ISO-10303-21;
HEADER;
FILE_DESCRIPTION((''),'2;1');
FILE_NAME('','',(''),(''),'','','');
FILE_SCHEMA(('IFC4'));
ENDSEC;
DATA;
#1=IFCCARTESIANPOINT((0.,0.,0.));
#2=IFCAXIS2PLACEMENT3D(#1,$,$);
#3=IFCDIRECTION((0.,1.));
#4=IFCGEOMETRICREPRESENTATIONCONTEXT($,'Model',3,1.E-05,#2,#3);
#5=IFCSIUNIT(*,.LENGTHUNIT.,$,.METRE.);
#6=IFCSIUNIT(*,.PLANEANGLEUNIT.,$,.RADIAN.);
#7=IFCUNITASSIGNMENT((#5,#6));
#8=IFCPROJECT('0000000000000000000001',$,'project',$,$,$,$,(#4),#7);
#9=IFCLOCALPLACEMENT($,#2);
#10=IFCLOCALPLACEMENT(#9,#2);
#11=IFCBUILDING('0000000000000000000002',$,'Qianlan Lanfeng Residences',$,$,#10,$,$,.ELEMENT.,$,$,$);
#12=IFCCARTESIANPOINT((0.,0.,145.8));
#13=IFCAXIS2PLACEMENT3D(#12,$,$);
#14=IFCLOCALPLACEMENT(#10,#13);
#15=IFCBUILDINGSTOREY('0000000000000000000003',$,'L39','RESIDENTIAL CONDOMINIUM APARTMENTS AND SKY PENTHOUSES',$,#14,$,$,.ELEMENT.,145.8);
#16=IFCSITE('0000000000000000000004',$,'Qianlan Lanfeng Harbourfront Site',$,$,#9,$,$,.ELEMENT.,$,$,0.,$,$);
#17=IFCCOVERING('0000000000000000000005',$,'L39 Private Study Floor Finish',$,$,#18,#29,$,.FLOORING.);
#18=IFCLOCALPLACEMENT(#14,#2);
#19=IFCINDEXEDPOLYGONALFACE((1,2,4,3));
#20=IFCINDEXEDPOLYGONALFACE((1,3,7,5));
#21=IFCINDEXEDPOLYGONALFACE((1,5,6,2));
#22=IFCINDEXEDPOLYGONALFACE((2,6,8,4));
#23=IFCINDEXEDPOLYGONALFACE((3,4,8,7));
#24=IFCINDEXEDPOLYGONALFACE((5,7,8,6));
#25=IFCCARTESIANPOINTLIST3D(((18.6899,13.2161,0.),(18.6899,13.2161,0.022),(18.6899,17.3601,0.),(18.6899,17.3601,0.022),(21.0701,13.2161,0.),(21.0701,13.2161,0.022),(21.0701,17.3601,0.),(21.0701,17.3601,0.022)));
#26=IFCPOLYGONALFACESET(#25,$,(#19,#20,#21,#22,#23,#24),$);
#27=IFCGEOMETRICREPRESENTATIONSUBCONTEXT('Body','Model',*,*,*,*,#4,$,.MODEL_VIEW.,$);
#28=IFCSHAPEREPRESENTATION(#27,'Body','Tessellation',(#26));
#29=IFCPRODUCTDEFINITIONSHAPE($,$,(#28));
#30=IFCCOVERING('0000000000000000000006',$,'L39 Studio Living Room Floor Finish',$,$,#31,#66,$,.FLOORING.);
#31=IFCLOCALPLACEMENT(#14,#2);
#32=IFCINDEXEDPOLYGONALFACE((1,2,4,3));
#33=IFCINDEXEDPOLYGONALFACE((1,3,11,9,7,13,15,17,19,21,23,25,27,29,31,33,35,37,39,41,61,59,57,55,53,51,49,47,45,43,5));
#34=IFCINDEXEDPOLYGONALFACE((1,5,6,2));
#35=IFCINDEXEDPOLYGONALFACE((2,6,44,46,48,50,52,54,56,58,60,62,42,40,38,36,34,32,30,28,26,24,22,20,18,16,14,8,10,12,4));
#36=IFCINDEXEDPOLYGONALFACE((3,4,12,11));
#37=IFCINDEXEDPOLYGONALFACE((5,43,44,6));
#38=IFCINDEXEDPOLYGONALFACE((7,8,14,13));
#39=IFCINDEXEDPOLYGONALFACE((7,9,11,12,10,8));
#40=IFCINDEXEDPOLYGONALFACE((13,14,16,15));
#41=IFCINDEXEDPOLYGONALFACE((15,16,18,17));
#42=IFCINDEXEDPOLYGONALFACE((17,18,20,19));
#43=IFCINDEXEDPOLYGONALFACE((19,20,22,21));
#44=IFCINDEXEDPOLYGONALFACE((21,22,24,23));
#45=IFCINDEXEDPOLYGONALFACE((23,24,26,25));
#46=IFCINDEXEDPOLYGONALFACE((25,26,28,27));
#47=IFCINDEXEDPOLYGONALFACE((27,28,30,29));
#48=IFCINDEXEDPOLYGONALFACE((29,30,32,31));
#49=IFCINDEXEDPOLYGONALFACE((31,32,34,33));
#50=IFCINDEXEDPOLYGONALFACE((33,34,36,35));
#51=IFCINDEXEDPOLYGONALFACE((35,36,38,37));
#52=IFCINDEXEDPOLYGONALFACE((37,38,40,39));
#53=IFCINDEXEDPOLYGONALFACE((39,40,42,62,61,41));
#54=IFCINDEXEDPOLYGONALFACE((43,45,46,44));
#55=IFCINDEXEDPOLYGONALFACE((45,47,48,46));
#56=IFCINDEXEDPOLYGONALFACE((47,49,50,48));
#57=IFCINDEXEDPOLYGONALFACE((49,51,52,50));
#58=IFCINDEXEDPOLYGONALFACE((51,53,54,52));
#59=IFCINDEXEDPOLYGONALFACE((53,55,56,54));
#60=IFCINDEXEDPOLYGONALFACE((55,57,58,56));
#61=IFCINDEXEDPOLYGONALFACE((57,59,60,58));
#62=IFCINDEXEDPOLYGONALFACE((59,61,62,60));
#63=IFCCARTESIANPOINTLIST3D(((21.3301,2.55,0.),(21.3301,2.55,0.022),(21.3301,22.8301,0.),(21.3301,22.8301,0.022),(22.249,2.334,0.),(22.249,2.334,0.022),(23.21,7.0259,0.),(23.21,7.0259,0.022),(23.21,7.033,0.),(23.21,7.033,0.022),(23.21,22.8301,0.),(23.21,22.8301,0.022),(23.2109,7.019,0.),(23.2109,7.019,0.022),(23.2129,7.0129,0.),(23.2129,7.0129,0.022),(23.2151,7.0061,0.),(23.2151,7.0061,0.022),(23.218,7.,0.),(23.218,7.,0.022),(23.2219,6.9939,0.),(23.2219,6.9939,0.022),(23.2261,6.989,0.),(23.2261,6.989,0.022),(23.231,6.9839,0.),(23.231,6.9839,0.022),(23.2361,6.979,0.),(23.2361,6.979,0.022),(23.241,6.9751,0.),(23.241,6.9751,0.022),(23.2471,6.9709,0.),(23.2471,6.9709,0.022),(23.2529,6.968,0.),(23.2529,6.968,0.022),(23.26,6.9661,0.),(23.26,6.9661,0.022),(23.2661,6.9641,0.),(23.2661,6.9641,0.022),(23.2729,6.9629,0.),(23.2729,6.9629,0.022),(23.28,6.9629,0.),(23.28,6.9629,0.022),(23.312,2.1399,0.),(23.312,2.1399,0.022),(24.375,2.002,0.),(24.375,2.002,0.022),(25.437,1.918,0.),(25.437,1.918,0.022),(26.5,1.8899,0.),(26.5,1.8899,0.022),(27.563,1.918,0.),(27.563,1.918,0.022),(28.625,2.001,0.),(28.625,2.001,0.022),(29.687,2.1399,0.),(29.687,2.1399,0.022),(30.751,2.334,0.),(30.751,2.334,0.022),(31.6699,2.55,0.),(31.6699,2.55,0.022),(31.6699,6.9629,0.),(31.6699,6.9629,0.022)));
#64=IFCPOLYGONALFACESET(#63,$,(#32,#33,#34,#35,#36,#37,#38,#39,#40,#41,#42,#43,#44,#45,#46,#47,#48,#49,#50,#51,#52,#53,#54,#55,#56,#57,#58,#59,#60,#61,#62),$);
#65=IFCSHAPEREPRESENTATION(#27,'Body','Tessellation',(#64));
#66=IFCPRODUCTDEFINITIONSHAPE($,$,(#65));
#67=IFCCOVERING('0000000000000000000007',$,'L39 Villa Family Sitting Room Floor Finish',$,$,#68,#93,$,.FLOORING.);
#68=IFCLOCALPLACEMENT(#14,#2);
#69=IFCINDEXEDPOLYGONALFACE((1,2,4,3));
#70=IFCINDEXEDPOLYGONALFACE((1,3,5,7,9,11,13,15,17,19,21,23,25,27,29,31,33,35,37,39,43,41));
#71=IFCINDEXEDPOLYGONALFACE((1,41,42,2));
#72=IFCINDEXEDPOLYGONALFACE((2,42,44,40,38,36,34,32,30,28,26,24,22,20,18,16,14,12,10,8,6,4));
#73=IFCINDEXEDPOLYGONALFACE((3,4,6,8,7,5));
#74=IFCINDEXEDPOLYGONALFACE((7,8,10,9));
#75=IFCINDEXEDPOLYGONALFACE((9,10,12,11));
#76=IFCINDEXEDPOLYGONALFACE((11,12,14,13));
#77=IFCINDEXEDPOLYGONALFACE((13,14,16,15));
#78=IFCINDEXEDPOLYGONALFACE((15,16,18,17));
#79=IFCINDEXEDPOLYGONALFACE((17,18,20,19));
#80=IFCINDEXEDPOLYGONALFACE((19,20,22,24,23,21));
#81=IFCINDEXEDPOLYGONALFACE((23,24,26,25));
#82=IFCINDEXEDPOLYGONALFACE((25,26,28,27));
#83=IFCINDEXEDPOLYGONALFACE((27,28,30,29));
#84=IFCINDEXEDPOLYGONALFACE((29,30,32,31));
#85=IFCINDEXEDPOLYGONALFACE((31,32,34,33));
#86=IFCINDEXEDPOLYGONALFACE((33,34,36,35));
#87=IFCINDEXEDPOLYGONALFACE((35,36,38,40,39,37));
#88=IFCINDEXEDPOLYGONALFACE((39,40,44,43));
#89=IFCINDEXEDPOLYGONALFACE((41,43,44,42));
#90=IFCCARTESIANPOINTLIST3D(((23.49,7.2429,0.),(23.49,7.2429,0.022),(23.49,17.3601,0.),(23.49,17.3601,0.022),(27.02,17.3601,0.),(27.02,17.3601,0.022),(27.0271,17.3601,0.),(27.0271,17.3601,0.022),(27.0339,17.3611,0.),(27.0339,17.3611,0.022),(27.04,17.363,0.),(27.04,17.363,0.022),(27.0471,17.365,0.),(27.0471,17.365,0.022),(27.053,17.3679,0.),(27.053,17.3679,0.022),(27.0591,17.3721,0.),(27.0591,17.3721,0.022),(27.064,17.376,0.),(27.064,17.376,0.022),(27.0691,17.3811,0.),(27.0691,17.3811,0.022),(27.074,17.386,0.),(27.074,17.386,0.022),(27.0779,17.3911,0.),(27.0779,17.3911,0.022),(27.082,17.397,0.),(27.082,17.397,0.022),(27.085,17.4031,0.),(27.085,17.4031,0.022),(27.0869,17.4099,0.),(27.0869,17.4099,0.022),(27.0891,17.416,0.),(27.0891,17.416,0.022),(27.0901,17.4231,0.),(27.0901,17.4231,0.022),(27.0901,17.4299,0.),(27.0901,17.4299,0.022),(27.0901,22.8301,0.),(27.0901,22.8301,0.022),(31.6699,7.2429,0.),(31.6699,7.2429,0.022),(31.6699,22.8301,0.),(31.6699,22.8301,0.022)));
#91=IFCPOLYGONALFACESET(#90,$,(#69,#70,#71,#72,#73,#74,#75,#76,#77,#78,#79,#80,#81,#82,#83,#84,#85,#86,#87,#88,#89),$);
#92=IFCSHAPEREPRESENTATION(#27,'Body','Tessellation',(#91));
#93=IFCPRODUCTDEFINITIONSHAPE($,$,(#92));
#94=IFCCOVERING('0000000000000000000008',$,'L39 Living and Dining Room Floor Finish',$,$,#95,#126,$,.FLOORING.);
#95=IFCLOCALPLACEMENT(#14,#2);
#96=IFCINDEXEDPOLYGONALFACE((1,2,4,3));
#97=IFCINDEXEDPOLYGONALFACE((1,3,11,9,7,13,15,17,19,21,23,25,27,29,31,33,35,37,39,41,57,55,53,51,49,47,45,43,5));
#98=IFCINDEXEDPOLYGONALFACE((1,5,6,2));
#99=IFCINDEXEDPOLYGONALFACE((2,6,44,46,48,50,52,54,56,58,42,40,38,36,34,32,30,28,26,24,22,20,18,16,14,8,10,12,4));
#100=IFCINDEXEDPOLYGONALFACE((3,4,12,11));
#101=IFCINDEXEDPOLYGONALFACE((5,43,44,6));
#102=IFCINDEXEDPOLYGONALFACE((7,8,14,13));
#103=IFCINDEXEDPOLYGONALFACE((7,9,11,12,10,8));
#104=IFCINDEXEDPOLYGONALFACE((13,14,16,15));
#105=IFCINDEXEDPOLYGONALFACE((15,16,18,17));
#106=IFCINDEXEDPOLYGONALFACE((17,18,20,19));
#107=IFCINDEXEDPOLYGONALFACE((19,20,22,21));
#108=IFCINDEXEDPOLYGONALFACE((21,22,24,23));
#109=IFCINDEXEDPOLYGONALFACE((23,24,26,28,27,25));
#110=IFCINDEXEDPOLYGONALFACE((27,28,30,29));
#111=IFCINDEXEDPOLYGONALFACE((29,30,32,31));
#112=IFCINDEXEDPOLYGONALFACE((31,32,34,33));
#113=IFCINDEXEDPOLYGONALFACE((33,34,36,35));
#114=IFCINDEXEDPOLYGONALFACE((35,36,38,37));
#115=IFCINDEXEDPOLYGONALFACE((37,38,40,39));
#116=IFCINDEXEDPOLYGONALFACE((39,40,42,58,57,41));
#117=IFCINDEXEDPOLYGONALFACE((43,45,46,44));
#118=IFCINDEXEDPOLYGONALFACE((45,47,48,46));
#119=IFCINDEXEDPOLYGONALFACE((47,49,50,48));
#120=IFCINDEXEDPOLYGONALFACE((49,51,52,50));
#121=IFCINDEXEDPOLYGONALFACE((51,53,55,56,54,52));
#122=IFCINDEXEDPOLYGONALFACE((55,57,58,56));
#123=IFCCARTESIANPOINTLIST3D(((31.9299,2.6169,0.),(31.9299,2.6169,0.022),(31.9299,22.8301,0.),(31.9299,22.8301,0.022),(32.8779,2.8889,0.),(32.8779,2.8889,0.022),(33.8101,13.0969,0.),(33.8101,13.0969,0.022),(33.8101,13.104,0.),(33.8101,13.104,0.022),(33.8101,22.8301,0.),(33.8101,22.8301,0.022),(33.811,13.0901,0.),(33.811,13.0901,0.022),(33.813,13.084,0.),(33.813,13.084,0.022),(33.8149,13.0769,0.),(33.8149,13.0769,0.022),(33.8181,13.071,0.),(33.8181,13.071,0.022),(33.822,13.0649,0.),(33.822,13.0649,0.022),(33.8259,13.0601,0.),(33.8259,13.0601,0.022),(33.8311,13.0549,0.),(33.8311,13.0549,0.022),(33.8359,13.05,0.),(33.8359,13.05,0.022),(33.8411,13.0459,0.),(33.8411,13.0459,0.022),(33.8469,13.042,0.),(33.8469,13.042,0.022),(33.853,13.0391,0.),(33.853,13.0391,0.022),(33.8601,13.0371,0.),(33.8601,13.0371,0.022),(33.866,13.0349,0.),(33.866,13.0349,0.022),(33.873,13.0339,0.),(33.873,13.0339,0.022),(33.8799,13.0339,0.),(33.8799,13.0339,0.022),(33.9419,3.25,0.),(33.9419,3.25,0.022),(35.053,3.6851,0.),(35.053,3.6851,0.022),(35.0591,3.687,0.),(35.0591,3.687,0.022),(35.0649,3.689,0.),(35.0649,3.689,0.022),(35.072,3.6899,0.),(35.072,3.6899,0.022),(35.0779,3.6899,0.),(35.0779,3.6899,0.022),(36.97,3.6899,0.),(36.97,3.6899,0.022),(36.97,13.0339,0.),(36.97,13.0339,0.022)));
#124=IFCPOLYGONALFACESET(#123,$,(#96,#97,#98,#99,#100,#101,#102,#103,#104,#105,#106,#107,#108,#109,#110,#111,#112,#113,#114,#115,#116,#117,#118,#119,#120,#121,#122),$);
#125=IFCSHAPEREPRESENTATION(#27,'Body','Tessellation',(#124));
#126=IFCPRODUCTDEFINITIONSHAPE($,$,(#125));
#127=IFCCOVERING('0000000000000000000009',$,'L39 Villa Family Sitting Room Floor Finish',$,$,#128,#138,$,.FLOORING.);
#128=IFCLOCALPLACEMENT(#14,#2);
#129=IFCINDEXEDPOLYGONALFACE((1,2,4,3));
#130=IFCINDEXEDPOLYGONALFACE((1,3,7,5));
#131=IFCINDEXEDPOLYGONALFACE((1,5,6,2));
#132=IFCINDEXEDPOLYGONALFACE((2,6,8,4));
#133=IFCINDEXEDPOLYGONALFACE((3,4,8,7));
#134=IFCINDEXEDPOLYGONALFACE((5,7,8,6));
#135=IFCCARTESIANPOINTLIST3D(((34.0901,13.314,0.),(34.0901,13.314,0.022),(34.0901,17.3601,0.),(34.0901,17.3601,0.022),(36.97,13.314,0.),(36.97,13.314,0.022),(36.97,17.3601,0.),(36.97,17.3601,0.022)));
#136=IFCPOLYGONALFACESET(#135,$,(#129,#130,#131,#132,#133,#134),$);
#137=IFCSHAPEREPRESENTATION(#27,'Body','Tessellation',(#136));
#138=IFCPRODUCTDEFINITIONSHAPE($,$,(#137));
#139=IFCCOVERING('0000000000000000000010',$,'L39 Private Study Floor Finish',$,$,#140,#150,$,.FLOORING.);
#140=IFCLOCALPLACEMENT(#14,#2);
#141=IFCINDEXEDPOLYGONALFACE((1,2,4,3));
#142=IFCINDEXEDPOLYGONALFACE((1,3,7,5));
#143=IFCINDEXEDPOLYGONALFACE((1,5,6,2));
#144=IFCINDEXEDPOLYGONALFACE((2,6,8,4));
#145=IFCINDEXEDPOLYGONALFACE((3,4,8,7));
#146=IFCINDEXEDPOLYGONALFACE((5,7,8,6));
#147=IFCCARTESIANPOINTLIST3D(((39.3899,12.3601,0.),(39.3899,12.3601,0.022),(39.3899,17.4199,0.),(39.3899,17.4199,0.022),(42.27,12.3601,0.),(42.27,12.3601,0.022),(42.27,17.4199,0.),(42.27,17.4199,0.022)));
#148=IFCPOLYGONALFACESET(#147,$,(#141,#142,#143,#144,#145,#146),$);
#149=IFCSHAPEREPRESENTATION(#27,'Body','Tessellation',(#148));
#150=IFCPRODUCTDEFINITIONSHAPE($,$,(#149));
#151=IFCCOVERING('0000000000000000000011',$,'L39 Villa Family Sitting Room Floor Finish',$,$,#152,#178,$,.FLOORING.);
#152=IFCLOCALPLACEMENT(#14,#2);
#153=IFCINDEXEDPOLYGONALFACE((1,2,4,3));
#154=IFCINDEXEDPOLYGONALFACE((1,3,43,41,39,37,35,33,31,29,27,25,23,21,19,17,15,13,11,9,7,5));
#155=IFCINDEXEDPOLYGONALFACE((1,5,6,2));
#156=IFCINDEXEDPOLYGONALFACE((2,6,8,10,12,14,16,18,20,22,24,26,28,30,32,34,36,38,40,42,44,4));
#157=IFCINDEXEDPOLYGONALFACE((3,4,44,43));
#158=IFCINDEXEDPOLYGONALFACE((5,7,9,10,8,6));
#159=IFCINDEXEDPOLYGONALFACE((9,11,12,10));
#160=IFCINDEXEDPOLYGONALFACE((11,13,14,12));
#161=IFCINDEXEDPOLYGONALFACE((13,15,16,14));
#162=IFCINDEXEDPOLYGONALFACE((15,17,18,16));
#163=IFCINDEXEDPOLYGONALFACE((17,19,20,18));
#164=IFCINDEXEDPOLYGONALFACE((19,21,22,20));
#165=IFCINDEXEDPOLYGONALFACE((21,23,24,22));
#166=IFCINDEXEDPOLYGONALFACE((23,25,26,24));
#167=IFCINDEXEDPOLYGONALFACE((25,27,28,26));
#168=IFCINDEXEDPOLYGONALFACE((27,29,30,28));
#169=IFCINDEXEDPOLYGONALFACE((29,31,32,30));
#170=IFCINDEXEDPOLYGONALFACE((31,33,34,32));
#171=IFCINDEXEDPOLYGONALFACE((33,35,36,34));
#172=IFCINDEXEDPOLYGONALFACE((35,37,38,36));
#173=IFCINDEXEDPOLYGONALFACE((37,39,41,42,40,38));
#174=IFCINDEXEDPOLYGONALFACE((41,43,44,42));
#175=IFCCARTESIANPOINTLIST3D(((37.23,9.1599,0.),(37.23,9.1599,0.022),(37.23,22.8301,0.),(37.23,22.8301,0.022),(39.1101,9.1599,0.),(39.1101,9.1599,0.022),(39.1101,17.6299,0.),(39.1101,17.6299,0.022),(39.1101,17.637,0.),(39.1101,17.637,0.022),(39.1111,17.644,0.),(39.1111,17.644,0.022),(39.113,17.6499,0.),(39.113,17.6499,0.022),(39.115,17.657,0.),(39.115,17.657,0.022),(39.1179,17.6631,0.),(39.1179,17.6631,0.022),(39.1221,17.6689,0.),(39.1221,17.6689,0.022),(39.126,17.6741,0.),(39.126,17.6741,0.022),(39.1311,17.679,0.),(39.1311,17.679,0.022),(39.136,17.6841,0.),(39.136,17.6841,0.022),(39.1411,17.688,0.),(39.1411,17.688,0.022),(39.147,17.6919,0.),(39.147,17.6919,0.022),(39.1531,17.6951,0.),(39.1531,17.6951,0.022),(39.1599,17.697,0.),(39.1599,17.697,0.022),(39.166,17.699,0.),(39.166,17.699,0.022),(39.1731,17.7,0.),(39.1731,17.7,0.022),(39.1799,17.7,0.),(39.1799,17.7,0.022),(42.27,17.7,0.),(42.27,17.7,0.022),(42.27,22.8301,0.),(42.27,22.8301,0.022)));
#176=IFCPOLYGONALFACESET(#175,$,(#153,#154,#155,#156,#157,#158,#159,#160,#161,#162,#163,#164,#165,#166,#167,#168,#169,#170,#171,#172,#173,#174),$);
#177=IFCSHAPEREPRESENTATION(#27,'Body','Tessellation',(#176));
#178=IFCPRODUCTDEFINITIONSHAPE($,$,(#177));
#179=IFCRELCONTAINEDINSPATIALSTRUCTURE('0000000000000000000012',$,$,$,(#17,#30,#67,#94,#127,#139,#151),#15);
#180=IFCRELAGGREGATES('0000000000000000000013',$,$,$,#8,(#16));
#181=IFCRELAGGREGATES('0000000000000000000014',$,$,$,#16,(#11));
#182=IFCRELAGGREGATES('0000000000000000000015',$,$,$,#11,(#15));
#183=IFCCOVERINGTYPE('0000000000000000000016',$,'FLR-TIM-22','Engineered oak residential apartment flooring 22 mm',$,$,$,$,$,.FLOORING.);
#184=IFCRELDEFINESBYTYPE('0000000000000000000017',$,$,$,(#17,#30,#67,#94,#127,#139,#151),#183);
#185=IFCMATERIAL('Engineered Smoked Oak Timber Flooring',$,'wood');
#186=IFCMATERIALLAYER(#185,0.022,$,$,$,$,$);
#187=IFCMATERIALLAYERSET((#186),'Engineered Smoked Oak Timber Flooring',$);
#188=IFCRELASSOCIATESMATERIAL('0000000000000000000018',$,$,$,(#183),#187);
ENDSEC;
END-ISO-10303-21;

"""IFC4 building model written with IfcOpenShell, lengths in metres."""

from ifc_helpers import new_model, si_unit, direction, frame, origin, place, context, subcontext, project, spatial, polyline, outline, extrude, material, layer, layer_set, type_object, element, save


model = new_model("IFC4")

# Units and contexts
model_context = context("Model", 3, precision=1e-05, world=origin(), true_north=direction((0.0, 1.0)))
body_context = subcontext(model_context, "Body", "Model", "MODEL_VIEW")
ifc_project = project(units=[si_unit("LENGTHUNIT", "METRE"), si_unit("PLANEANGLEUNIT", "RADIAN")], contexts=[model_context])

# Site, building, storey
site_placement = place(None, origin())
site = spatial("IfcSite", under=ifc_project, at=site_placement, Name="Qianlan Lanfeng Harbourfront Site", CompositionType="ELEMENT", RefElevation=0.0)
building_placement = place(site_placement, origin())
building = spatial("IfcBuilding", under=site, at=building_placement, Name="Qianlan Lanfeng Residences", CompositionType="ELEMENT")
storey_placement = place(building_placement, frame((0.0, 0.0, 145.8)))
storey = spatial("IfcBuildingStorey", under=building, at=storey_placement, Name="L39", Description="RESIDENTIAL CONDOMINIUM APARTMENTS AND SKY PENTHOUSES", CompositionType="ELEMENT", Elevation=145.8)

# Coverings
ifc_material_1 = material(Name="Engineered Smoked Oak Timber Flooring", Category="wood")
ifc_layer_1 = layer(ifc_material_1, 0.022)
ifc_layer_set_1 = layer_set([ifc_layer_1], Name="Engineered Smoked Oak Timber Flooring")
covering_type_1 = type_object("IfcCoveringType", Name="FLR-TIM-22", Description="Engineered oak residential apartment flooring 22 mm", PredefinedType="FLOORING", material=ifc_layer_set_1)
covering_1_placement = place(storey_placement, origin())
element("IfcCovering", 1, at=covering_1_placement, inside=storey, type_object=covering_type_1, Name="L39 Private Study Floor Finish", PredefinedType="FLOORING", context=body_context, shape_type="SweptSolid", body=[
    extrude(outline(polyline([(18.6899, 17.3601), (18.6899, 13.2161), (21.0701, 13.2161), (21.0701, 17.3601), (18.6899, 17.3601)])), origin(), (0.0, 0.0, 1.0), 0.022),
])
covering_2_placement = place(storey_placement, origin())
element("IfcCovering", 2, at=covering_2_placement, inside=storey, type_object=covering_type_1, Name="L39 Studio Living Room Floor Finish", PredefinedType="FLOORING", context=body_context, shape_type="SweptSolid", body=[
    extrude(outline(polyline([(31.6699, 2.55), (31.6699, 6.9629), (23.28, 6.9629), (23.2729, 6.9629), (23.2661, 6.9641), (23.26, 6.9661), (23.2529, 6.968), (23.2471, 6.9709), (23.241, 6.9751), (23.2361, 6.979), (23.231, 6.9839), (23.2261, 6.989), (23.2219, 6.9939), (23.218, 7.0), (23.2151, 7.0061), (23.2129, 7.0129), (23.2109, 7.019), (23.21, 7.0259), (23.21, 7.033), (23.21, 22.8301), (21.3301, 22.8301), (21.3301, 2.55), (22.249, 2.334), (23.312, 2.1399), (24.375, 2.002), (25.437, 1.918), (26.5, 1.8899), (27.563, 1.918), (28.625, 2.001), (29.687, 2.1399), (30.751, 2.334), (31.6699, 2.55)])), origin(), (0.0, 0.0, 1.0), 0.022),
])
covering_3_placement = place(storey_placement, origin())
element("IfcCovering", 3, at=covering_3_placement, inside=storey, type_object=covering_type_1, Name="L39 Villa Family Sitting Room Floor Finish", PredefinedType="FLOORING", context=body_context, shape_type="SweptSolid", body=[
    extrude(outline(polyline([(23.49, 7.2429), (31.6699, 7.2429), (31.6699, 22.8301), (27.0901, 22.8301), (27.0901, 17.4299), (27.0901, 17.4231), (27.0891, 17.416), (27.0869, 17.4099), (27.085, 17.4031), (27.082, 17.397), (27.0779, 17.3911), (27.074, 17.386), (27.0691, 17.3811), (27.064, 17.376), (27.0591, 17.3721), (27.053, 17.3679), (27.0471, 17.365), (27.04, 17.363), (27.0339, 17.3611), (27.0271, 17.3601), (27.02, 17.3601), (23.49, 17.3601), (23.49, 7.2429)])), origin(), (0.0, 0.0, 1.0), 0.022),
])
covering_4_placement = place(storey_placement, origin())
element("IfcCovering", 4, at=covering_4_placement, inside=storey, type_object=covering_type_1, Name="L39 Living and Dining Room Floor Finish", PredefinedType="FLOORING", context=body_context, shape_type="SweptSolid", body=[
    extrude(outline(polyline([(36.97, 3.6899), (36.97, 13.0339), (33.8799, 13.0339), (33.873, 13.0339), (33.866, 13.0349), (33.8601, 13.0371), (33.853, 13.0391), (33.8469, 13.042), (33.8411, 13.0459), (33.8359, 13.05), (33.8311, 13.0549), (33.8259, 13.0601), (33.822, 13.0649), (33.8181, 13.071), (33.8149, 13.0769), (33.813, 13.084), (33.811, 13.0901), (33.8101, 13.0969), (33.8101, 13.104), (33.8101, 22.8301), (31.9299, 22.8301), (31.9299, 2.6169), (32.8779, 2.8889), (33.9419, 3.25), (35.053, 3.6851), (35.0591, 3.687), (35.0649, 3.689), (35.072, 3.6899), (35.0779, 3.6899), (36.97, 3.6899)])), origin(), (0.0, 0.0, 1.0), 0.022),
])
covering_5_placement = place(storey_placement, origin())
element("IfcCovering", 5, at=covering_5_placement, inside=storey, type_object=covering_type_1, Name="L39 Villa Family Sitting Room Floor Finish", PredefinedType="FLOORING", context=body_context, shape_type="SweptSolid", body=[
    extrude(outline(polyline([(34.0901, 17.3601), (34.0901, 13.314), (36.97, 13.314), (36.97, 17.3601), (34.0901, 17.3601)])), origin(), (0.0, 0.0, 1.0), 0.022),
])
covering_6_placement = place(storey_placement, origin())
element("IfcCovering", 6, at=covering_6_placement, inside=storey, type_object=covering_type_1, Name="L39 Private Study Floor Finish", PredefinedType="FLOORING", context=body_context, shape_type="SweptSolid", body=[
    extrude(outline(polyline([(39.3899, 12.3601), (42.27, 12.3601), (42.27, 17.4199), (39.3899, 17.4199), (39.3899, 12.3601)])), origin(), (0.0, 0.0, 1.0), 0.022),
])
covering_7_placement = place(storey_placement, origin())
element("IfcCovering", 7, at=covering_7_placement, inside=storey, type_object=covering_type_1, Name="L39 Villa Family Sitting Room Floor Finish", PredefinedType="FLOORING", context=body_context, shape_type="SweptSolid", body=[
    extrude(outline(polyline([(37.23, 9.1599), (39.1101, 9.1599), (39.1101, 17.6299), (39.1101, 17.637), (39.1111, 17.644), (39.113, 17.6499), (39.115, 17.657), (39.1179, 17.6631), (39.1221, 17.6689), (39.126, 17.6741), (39.1311, 17.679), (39.136, 17.6841), (39.1411, 17.688), (39.147, 17.6919), (39.1531, 17.6951), (39.1599, 17.697), (39.166, 17.699), (39.1731, 17.7), (39.1799, 17.7), (42.27, 17.7), (42.27, 22.8301), (37.23, 22.8301), (37.23, 9.1599)])), origin(), (0.0, 0.0, 1.0), 0.022),
])

save(model, "model.ifc")
